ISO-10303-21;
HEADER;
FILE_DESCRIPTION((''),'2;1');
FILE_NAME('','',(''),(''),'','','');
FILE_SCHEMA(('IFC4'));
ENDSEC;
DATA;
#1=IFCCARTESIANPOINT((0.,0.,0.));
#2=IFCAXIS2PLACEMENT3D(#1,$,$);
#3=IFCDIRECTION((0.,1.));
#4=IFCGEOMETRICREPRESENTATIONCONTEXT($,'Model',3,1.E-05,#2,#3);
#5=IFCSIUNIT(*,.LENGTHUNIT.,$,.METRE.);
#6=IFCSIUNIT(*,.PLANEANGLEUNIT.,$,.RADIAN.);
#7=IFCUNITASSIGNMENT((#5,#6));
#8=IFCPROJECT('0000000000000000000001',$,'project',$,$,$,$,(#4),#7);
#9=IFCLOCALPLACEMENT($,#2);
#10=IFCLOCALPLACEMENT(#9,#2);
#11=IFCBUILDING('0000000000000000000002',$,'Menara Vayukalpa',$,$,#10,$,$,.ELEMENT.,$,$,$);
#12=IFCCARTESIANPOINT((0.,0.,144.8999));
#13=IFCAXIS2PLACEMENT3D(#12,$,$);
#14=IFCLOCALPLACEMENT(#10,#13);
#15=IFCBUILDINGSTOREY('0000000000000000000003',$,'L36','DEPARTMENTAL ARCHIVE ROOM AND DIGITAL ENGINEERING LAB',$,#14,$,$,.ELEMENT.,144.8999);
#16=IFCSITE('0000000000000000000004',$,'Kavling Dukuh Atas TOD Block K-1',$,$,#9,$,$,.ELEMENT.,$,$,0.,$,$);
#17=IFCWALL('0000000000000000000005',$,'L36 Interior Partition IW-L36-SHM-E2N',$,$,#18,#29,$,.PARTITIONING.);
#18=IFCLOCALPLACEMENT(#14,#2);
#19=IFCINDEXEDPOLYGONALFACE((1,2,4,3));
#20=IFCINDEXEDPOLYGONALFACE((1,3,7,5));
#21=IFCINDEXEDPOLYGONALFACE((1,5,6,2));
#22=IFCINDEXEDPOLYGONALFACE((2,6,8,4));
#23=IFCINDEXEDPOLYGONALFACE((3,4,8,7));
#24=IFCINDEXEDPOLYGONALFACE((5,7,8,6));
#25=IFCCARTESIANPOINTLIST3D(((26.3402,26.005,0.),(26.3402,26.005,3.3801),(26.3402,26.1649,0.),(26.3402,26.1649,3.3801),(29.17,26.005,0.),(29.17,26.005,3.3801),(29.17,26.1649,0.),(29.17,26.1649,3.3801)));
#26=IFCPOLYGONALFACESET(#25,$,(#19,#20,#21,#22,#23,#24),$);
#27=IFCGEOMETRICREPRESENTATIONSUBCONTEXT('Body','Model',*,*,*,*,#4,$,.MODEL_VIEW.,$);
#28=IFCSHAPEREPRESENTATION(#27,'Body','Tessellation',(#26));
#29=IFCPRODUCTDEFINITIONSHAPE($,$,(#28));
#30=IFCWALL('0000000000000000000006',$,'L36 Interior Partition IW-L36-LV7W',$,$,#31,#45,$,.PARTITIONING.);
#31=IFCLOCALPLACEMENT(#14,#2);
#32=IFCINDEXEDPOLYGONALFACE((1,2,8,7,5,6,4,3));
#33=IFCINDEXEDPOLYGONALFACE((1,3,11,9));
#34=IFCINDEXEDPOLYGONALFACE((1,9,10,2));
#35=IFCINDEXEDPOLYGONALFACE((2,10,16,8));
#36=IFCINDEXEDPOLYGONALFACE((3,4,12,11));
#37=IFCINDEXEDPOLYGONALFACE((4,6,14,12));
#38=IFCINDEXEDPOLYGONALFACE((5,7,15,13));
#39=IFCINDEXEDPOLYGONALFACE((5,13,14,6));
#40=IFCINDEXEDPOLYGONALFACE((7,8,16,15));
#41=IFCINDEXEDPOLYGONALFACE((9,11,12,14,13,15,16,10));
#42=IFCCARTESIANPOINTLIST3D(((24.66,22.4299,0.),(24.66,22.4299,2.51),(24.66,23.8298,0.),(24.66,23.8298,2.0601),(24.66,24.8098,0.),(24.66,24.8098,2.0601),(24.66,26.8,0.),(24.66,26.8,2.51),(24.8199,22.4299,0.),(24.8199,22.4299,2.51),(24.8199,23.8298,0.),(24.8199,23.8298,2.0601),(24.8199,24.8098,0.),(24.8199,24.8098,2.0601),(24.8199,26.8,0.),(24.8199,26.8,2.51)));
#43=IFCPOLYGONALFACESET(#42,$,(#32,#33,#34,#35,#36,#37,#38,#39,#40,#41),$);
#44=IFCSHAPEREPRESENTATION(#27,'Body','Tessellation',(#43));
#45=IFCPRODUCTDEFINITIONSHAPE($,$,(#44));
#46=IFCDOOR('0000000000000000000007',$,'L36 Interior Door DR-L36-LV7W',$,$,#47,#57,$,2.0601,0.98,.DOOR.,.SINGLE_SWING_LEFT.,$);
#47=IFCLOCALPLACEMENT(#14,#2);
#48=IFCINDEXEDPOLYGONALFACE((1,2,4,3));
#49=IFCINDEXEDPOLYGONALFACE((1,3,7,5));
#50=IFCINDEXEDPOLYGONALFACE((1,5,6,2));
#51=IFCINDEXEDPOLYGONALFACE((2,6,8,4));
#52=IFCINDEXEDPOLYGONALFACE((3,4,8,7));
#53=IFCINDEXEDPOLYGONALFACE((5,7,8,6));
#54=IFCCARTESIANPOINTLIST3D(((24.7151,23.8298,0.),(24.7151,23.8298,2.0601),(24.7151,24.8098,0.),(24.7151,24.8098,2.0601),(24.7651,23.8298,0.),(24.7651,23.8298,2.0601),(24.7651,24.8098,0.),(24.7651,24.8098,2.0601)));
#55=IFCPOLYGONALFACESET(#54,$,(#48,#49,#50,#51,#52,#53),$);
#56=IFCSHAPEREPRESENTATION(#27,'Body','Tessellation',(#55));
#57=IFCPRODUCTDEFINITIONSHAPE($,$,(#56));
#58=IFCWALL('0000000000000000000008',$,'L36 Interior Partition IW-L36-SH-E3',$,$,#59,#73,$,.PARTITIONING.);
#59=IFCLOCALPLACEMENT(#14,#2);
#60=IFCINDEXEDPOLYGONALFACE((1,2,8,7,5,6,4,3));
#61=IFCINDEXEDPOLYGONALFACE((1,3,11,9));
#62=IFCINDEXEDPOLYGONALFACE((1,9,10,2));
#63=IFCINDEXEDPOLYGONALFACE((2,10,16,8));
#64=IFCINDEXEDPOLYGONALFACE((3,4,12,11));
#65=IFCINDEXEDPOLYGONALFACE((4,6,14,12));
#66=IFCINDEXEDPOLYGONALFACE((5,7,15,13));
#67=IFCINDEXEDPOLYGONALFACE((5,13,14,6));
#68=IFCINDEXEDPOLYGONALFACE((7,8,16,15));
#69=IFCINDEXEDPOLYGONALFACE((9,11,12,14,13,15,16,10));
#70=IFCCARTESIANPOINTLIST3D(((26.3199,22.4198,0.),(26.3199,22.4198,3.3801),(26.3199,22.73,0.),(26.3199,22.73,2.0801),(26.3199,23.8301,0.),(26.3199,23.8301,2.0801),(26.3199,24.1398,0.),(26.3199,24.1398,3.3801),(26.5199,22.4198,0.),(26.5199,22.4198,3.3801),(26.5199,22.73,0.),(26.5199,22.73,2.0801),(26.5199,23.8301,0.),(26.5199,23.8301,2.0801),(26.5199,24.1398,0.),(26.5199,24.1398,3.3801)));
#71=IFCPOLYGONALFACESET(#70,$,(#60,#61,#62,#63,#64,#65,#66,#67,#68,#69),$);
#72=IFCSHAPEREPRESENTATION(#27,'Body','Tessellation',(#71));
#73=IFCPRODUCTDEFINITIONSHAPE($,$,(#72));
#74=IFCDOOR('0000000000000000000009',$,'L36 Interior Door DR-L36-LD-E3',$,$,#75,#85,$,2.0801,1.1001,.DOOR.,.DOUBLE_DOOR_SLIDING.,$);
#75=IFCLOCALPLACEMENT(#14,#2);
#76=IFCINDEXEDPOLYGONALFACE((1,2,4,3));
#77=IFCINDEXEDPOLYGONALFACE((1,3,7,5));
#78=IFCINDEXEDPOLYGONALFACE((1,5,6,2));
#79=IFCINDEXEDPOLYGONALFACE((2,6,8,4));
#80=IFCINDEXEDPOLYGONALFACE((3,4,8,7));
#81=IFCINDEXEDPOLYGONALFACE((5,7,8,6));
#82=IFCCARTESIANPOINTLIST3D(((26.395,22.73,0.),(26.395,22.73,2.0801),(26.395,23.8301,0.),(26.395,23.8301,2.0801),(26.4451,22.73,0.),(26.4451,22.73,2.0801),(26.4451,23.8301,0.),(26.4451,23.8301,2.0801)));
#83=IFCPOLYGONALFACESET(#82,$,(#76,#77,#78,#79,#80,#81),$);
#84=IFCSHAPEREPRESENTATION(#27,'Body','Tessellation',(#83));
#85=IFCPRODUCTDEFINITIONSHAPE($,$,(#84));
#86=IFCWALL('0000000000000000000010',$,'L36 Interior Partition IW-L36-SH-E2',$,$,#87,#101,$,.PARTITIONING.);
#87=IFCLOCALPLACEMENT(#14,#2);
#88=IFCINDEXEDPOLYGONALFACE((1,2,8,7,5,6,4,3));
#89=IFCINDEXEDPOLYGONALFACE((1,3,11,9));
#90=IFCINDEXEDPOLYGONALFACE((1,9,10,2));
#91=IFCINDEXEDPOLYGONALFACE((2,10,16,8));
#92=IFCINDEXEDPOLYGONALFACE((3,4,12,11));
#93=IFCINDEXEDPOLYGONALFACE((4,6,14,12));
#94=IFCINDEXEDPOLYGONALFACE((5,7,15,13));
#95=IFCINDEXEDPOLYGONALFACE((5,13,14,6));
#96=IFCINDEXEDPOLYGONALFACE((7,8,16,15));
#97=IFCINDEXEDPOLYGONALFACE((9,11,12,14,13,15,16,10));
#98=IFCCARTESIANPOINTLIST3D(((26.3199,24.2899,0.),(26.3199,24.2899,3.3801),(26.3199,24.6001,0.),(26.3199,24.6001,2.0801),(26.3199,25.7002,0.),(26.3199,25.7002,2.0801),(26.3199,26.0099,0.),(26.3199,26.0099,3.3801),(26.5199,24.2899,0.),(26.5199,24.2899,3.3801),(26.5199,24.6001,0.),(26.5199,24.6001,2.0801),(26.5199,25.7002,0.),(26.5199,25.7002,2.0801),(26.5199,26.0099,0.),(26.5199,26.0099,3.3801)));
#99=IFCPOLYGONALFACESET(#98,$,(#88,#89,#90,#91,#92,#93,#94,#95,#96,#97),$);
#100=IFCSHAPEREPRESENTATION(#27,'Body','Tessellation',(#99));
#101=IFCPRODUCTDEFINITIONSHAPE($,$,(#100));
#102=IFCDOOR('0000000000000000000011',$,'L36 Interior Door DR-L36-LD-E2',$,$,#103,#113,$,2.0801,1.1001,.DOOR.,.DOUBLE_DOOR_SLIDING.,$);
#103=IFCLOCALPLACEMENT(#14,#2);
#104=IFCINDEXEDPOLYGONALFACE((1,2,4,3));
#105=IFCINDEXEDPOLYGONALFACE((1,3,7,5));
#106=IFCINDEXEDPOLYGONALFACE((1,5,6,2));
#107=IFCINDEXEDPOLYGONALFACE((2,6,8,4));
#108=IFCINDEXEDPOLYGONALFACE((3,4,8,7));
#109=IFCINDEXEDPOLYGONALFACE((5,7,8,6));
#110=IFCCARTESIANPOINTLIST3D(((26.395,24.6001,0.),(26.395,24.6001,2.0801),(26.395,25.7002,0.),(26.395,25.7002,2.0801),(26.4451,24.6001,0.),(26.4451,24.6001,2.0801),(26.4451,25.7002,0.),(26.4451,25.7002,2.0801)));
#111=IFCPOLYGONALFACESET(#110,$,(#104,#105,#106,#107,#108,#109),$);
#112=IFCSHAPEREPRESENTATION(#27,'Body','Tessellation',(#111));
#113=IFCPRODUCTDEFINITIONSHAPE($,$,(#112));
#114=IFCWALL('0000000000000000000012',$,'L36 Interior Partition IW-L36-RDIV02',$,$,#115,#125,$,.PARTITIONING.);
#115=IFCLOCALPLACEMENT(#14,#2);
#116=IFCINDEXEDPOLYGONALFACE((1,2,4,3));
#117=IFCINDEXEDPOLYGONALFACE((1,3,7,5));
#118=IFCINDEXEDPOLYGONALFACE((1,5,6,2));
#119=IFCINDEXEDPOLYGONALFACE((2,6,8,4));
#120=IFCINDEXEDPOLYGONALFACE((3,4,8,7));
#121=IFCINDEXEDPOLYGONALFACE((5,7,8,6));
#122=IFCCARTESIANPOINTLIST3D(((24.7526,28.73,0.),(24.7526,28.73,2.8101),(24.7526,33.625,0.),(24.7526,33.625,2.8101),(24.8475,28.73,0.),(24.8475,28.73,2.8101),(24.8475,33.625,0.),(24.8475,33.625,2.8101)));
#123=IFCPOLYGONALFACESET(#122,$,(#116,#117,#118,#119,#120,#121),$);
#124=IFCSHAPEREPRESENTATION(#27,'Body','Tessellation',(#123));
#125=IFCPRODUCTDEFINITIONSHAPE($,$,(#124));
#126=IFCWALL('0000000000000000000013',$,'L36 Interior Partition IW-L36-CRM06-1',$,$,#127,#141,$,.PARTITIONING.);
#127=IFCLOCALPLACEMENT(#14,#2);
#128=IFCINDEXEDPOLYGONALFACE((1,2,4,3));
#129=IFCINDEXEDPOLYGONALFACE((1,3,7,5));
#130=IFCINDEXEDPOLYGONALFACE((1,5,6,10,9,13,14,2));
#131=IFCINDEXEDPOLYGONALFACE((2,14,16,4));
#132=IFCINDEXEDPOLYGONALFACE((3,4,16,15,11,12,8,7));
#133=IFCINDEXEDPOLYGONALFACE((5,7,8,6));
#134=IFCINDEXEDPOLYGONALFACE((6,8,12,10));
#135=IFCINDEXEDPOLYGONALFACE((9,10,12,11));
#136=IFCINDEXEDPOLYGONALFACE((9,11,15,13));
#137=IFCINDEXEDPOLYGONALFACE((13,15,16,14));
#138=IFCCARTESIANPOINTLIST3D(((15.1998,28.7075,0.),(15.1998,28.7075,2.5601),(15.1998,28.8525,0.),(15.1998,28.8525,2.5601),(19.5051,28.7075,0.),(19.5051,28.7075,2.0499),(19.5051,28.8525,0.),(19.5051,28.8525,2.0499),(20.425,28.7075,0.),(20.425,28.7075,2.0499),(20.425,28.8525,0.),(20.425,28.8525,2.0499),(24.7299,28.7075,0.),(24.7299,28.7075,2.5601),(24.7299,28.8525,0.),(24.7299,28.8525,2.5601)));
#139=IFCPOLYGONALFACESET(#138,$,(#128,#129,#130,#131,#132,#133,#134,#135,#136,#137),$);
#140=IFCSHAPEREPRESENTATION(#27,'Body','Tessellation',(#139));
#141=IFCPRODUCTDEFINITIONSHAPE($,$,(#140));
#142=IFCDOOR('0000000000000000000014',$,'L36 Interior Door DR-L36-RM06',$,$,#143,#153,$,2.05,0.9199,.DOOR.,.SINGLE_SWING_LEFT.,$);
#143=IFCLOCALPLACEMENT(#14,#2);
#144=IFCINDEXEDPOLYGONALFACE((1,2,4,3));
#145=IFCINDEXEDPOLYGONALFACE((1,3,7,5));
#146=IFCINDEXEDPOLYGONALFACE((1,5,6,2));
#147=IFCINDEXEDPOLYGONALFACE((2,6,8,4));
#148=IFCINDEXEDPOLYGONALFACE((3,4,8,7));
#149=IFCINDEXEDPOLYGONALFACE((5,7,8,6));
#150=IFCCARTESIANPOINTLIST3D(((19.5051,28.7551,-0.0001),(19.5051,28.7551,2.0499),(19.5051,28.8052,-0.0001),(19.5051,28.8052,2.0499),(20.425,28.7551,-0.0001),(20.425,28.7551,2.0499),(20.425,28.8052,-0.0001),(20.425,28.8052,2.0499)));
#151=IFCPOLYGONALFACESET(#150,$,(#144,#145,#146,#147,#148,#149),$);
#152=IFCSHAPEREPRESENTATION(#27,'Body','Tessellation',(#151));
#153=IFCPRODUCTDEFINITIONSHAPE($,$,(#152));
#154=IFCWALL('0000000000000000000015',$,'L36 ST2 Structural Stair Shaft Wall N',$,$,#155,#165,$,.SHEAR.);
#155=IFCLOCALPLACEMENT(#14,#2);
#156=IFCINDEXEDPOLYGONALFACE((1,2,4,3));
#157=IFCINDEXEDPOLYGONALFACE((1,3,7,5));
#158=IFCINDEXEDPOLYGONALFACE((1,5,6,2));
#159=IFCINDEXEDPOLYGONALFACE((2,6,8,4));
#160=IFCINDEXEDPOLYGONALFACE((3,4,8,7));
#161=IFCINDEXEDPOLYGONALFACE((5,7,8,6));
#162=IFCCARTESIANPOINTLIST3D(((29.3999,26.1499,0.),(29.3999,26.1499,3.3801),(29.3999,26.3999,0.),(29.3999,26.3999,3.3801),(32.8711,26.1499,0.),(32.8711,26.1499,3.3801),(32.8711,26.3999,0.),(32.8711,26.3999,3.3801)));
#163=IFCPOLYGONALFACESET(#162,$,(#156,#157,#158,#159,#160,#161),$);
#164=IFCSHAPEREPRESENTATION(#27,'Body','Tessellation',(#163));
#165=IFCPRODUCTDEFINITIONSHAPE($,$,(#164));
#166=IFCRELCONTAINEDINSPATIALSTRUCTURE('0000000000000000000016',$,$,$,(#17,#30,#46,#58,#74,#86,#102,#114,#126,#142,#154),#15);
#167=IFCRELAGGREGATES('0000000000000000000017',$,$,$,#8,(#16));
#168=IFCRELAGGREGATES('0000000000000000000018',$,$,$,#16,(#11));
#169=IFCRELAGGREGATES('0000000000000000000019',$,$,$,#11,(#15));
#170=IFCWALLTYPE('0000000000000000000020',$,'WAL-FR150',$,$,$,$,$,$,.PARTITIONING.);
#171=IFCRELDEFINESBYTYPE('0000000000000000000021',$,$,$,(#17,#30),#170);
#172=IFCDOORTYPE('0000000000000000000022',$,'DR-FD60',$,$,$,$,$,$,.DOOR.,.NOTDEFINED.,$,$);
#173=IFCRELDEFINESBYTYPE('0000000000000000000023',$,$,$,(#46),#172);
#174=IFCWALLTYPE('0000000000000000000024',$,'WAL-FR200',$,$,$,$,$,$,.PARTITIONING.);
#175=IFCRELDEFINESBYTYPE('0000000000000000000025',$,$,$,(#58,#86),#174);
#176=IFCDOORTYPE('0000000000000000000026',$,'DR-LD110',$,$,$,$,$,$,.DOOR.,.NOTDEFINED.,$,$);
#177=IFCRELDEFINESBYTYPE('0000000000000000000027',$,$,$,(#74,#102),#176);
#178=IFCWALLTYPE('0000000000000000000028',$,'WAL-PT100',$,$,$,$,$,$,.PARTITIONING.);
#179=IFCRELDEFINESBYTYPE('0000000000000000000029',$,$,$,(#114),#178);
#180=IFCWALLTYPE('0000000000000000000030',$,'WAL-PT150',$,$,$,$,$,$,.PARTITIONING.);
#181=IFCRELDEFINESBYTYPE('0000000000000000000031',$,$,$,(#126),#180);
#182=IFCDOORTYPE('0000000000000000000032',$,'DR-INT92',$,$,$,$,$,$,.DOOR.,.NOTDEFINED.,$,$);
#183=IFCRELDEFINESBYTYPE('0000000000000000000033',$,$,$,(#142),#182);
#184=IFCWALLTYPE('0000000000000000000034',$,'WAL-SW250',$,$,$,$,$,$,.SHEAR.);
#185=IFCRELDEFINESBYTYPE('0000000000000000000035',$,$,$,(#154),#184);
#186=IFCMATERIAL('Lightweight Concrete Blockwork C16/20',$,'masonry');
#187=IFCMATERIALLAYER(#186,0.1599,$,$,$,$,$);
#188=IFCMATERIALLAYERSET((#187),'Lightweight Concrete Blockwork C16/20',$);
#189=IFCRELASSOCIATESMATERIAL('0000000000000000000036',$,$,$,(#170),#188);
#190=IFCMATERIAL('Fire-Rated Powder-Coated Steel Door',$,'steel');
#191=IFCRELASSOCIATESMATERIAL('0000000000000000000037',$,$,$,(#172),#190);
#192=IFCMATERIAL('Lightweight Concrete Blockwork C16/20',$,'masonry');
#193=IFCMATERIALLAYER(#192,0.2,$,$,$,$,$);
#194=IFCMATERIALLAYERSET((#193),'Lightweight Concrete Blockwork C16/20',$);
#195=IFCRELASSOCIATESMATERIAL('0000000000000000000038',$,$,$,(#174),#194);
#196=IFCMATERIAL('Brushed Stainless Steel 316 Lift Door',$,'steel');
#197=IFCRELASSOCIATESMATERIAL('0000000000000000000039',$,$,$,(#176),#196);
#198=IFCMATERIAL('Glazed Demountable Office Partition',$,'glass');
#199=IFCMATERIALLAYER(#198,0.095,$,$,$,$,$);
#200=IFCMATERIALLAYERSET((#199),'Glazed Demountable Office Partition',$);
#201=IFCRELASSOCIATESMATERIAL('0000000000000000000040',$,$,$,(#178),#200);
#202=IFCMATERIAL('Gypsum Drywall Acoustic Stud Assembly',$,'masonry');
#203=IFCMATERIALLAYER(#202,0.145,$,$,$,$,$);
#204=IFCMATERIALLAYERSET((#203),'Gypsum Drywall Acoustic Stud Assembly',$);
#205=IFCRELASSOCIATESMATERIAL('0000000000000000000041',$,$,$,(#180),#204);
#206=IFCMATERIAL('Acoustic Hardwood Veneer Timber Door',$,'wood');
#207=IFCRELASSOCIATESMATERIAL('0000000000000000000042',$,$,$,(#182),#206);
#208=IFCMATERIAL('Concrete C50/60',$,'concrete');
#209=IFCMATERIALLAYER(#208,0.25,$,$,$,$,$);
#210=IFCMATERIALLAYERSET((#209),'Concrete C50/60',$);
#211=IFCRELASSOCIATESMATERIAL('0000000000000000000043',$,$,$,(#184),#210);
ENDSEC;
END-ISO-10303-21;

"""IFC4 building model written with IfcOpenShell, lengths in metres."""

from ifc_helpers import new_model, si_unit, direction, frame, frame_2d, origin, place, context, subcontext, project, spatial, rectangle, extrude, material, layer, layer_set, type_object, element, fill, save


model = new_model("IFC4")

# Units and contexts
model_context = context("Model", 3, precision=1e-05, world=origin(), true_north=direction((0.0, 1.0)))
body_context = subcontext(model_context, "Body", "Model", "MODEL_VIEW")
ifc_project = project(units=[si_unit("LENGTHUNIT", "METRE"), si_unit("PLANEANGLEUNIT", "RADIAN")], contexts=[model_context])

# Site, building, storey
site_placement = place(None, origin())
site = spatial("IfcSite", under=ifc_project, at=site_placement, Name="Kavling Dukuh Atas TOD Block K-1", CompositionType="ELEMENT", RefElevation=0.0)
building_placement = place(site_placement, origin())
building = spatial("IfcBuilding", under=site, at=building_placement, Name="Menara Vayukalpa", CompositionType="ELEMENT")
storey_placement = place(building_placement, frame((0.0, 0.0, 144.8999)))
storey = spatial("IfcBuildingStorey", under=building, at=storey_placement, Name="L36", Description="DEPARTMENTAL ARCHIVE ROOM AND DIGITAL ENGINEERING LAB", CompositionType="ELEMENT", Elevation=144.8999)

# Wall
ifc_material_1 = material(Name="Lightweight Concrete Blockwork C16/20", Category="masonry")
ifc_layer_1 = layer(ifc_material_1, 0.1599)
ifc_layer_set_1 = layer_set([ifc_layer_1], Name="Lightweight Concrete Blockwork C16/20")
wall_type_1 = type_object("IfcWallType", Name="WAL-FR150", PredefinedType="PARTITIONING", material=ifc_layer_set_1)
wall_1_placement = place(storey_placement, frame((26.3401, 26.085, 0.0), z_axis=(0.0, 0.0, 1.0), x_axis=(1.0, 0.0, 0.0)))
element("IfcWall", 1, at=wall_1_placement, inside=storey, type_object=wall_type_1, Name="L36 Interior Partition IW-L36-SHM-E2N", PredefinedType="PARTITIONING", context=body_context, shape_type="SweptSolid", body=[
    extrude(rectangle(XDim=2.8298, YDim=0.1599, at=frame_2d((1.415, 0.0))), origin(), (0.0, 0.0, 1.0), 3.3801),
])

# Walls, openings, doors
wall_2_placement = place(storey_placement, frame((24.74, 22.4299, 0.0), z_axis=(0.0, 0.0, 1.0), x_axis=(0.0, 1.0, 0.0)))
wall_2 = element("IfcWall", 2, at=wall_2_placement, inside=storey, type_object=wall_type_1, Name="L36 Interior Partition IW-L36-LV7W", PredefinedType="PARTITIONING", context=body_context, shape_type="SweptSolid", body=[
    extrude(rectangle(XDim=4.3701, YDim=0.1599, at=frame_2d((2.1851, 0.0))), origin(), (0.0, 0.0, 1.0), 2.51),
])
opening_1_placement = place(wall_2_placement, frame((1.3999, 0.0, 0.0)))
opening_1 = element("IfcOpeningElement", 3, at=opening_1_placement, cuts=wall_2, PredefinedType="OPENING", context=body_context, shape_type="SweptSolid", body=[
    extrude(rectangle(XDim=0.98, YDim=2.0601, at=frame_2d((0.49, 1.03))), frame((0.0, 0.0898, 0.0), z_axis=(0.0, -1.0, 0.0), x_axis=(1.0, 0.0, 0.0)), (0.0, 0.0, 1.0), 0.1799),
])
ifc_material_2 = material(Name="Fire-Rated Powder-Coated Steel Door", Category="steel")
door_type_1 = type_object("IfcDoorType", Name="DR-FD60", OperationType="NOTDEFINED", PredefinedType="DOOR", material=ifc_material_2)
door_1_placement = place(opening_1_placement, origin())
door_1 = element("IfcDoor", 4, at=door_1_placement, inside=storey, type_object=door_type_1, Name="L36 Interior Door DR-L36-LV7W", OperationType="SINGLE_SWING_LEFT", OverallHeight=2.0601, OverallWidth=0.98, PredefinedType="DOOR", context=body_context, shape_type="SweptSolid", body=[
    extrude(rectangle(XDim=0.98, YDim=2.0601, at=frame_2d((0.49, 1.03))), frame((0.0, 0.0249, 0.0), z_axis=(0.0, -1.0, 0.0), x_axis=(1.0, 0.0, 0.0)), (0.0, 0.0, 1.0), 0.05),
])
fill(opening_1, door_1)
ifc_material_3 = material(Name="Lightweight Concrete Blockwork C16/20", Category="masonry")
ifc_layer_2 = layer(ifc_material_3, 0.2)
ifc_layer_set_2 = layer_set([ifc_layer_2], Name="Lightweight Concrete Blockwork C16/20")
wall_type_2 = type_object("IfcWallType", Name="WAL-FR200", PredefinedType="PARTITIONING", material=ifc_layer_set_2)
wall_3_placement = place(storey_placement, frame((26.4199, 22.4199, 0.0), z_axis=(0.0, 0.0, 1.0), x_axis=(0.0, 1.0, 0.0)))
wall_3 = element("IfcWall", 5, at=wall_3_placement, inside=storey, type_object=wall_type_2, Name="L36 Interior Partition IW-L36-SH-E3", PredefinedType="PARTITIONING", context=body_context, shape_type="SweptSolid", body=[
    extrude(rectangle(XDim=1.72, YDim=0.2, at=frame_2d((0.8599, 0.0))), origin(), (0.0, 0.0, 1.0), 3.3801),
])
opening_2_placement = place(wall_3_placement, frame((0.3101, 0.0, 0.0)))
opening_2 = element("IfcOpeningElement", 6, at=opening_2_placement, cuts=wall_3, PredefinedType="OPENING", context=body_context, shape_type="SweptSolid", body=[
    extrude(rectangle(XDim=1.1001, YDim=2.0801, at=frame_2d((0.55, 1.04))), frame((0.0, 0.1099, 0.0), z_axis=(0.0, -1.0, 0.0), x_axis=(1.0, 0.0, 0.0)), (0.0, 0.0, 1.0), 0.22),
])
ifc_material_4 = material(Name="Brushed Stainless Steel 316 Lift Door", Category="steel")
door_type_2 = type_object("IfcDoorType", Name="DR-LD110", OperationType="NOTDEFINED", PredefinedType="DOOR", material=ifc_material_4)
door_2_placement = place(opening_2_placement, origin())
door_2 = element("IfcDoor", 7, at=door_2_placement, inside=storey, type_object=door_type_2, Name="L36 Interior Door DR-L36-LD-E3", OperationType="DOUBLE_DOOR_SLIDING", OverallHeight=2.0801, OverallWidth=1.1001, PredefinedType="DOOR", context=body_context, shape_type="SweptSolid", body=[
    extrude(rectangle(XDim=1.1001, YDim=2.0801, at=frame_2d((0.55, 1.04))), frame((0.0, 0.0249, 0.0), z_axis=(0.0, -1.0, 0.0), x_axis=(1.0, 0.0, 0.0)), (0.0, 0.0, 1.0), 0.05),
])
fill(opening_2, door_2)
wall_4_placement = place(storey_placement, frame((26.4199, 24.29, 0.0), z_axis=(0.0, 0.0, 1.0), x_axis=(0.0, 1.0, 0.0)))
wall_4 = element("IfcWall", 8, at=wall_4_placement, inside=storey, type_object=wall_type_2, Name="L36 Interior Partition IW-L36-SH-E2", PredefinedType="PARTITIONING", context=body_context, shape_type="SweptSolid", body=[
    extrude(rectangle(XDim=1.72, YDim=0.2, at=frame_2d((0.8599, 0.0))), origin(), (0.0, 0.0, 1.0), 3.3801),
])
opening_3_placement = place(wall_4_placement, frame((0.3101, 0.0, 0.0)))
opening_3 = element("IfcOpeningElement", 9, at=opening_3_placement, cuts=wall_4, PredefinedType="OPENING", context=body_context, shape_type="SweptSolid", body=[
    extrude(rectangle(XDim=1.1001, YDim=2.0801, at=frame_2d((0.55, 1.04))), frame((0.0, 0.1099, 0.0), z_axis=(0.0, -1.0, 0.0), x_axis=(1.0, 0.0, 0.0)), (0.0, 0.0, 1.0), 0.22),
])
door_3_placement = place(opening_3_placement, origin())
door_3 = element("IfcDoor", 10, at=door_3_placement, inside=storey, type_object=door_type_2, Name="L36 Interior Door DR-L36-LD-E2", OperationType="DOUBLE_DOOR_SLIDING", OverallHeight=2.0801, OverallWidth=1.1001, PredefinedType="DOOR", context=body_context, shape_type="SweptSolid", body=[
    extrude(rectangle(XDim=1.1001, YDim=2.0801, at=frame_2d((0.55, 1.04))), frame((0.0, 0.0249, 0.0), z_axis=(0.0, -1.0, 0.0), x_axis=(1.0, 0.0, 0.0)), (0.0, 0.0, 1.0), 0.05),
])
fill(opening_3, door_3)

# Wall
ifc_material_5 = material(Name="Glazed Demountable Office Partition", Category="glass")
ifc_layer_3 = layer(ifc_material_5, 0.095)
ifc_layer_set_3 = layer_set([ifc_layer_3], Name="Glazed Demountable Office Partition")
wall_type_3 = type_object("IfcWallType", Name="WAL-PT100", PredefinedType="PARTITIONING", material=ifc_layer_set_3)
wall_5_placement = place(storey_placement, frame((24.8, 28.73, 0.0), z_axis=(0.0, 0.0, 1.0), x_axis=(0.0, 1.0, 0.0)))
element("IfcWall", 11, at=wall_5_placement, inside=storey, type_object=wall_type_3, Name="L36 Interior Partition IW-L36-RDIV02", PredefinedType="PARTITIONING", context=body_context, shape_type="SweptSolid", body=[
    extrude(rectangle(XDim=4.895, YDim=0.095, at=frame_2d((2.4475, 0.0))), origin(), (0.0, 0.0, 1.0), 2.8101),
])

# Wall, opening, door
ifc_material_6 = material(Name="Gypsum Drywall Acoustic Stud Assembly", Category="masonry")
ifc_layer_4 = layer(ifc_material_6, 0.145)
ifc_layer_set_4 = layer_set([ifc_layer_4], Name="Gypsum Drywall Acoustic Stud Assembly")
wall_type_4 = type_object("IfcWallType", Name="WAL-PT150", PredefinedType="PARTITIONING", material=ifc_layer_set_4)
wall_6_placement = place(storey_placement, frame((24.73, 28.78, 0.0), z_axis=(0.0, 0.0, 1.0), x_axis=(-1.0, 0.0, 0.0)))
wall_6 = element("IfcWall", 12, at=wall_6_placement, inside=storey, type_object=wall_type_4, Name="L36 Interior Partition IW-L36-CRM06-1", PredefinedType="PARTITIONING", context=body_context, shape_type="SweptSolid", body=[
    extrude(rectangle(XDim=9.53, YDim=0.145, at=frame_2d((4.7651, 0.0))), origin(), (0.0, 0.0, 1.0), 2.5601),
])
opening_4_placement = place(wall_6_placement, frame((4.3049, 0.0, 0.0)))
opening_4 = element("IfcOpeningElement", 13, at=opening_4_placement, cuts=wall_6, PredefinedType="OPENING", context=body_context, shape_type="SweptSolid", body=[
    extrude(rectangle(XDim=0.9199, YDim=2.05, at=frame_2d((0.46, 1.0249))), frame((0.0, 0.0825, 0.0), z_axis=(0.0, -1.0, 0.0), x_axis=(1.0, 0.0, 0.0)), (0.0, 0.0, 1.0), 0.165),
])
ifc_material_7 = material(Name="Acoustic Hardwood Veneer Timber Door", Category="wood")
door_type_3 = type_object("IfcDoorType", Name="DR-INT92", OperationType="NOTDEFINED", PredefinedType="DOOR", material=ifc_material_7)
door_4_placement = place(opening_4_placement, origin())
door_4 = element("IfcDoor", 14, at=door_4_placement, inside=storey, type_object=door_type_3, Name="L36 Interior Door DR-L36-RM06", OperationType="SINGLE_SWING_LEFT", OverallHeight=2.05, OverallWidth=0.9199, PredefinedType="DOOR", context=body_context, shape_type="SweptSolid", body=[
    extrude(rectangle(XDim=0.9199, YDim=2.05, at=frame_2d((0.46, 1.0249))), frame((0.0, 0.0249, 0.0), z_axis=(0.0, -1.0, 0.0), x_axis=(1.0, 0.0, 0.0)), (0.0, 0.0, 1.0), 0.05),
])
fill(opening_4, door_4)

# Wall
ifc_material_8 = material(Name="Concrete C50/60", Category="concrete")
ifc_layer_5 = layer(ifc_material_8, 0.25)
ifc_layer_set_5 = layer_set([ifc_layer_5], Name="Concrete C50/60")
wall_type_5 = type_object("IfcWallType", Name="WAL-SW250", PredefinedType="SHEAR", material=ifc_layer_set_5)
wall_7_placement = place(storey_placement, frame((29.3999, 26.2749, 0.0), z_axis=(0.0, 0.0, 1.0), x_axis=(1.0, 0.0, 0.0)))
element("IfcWall", 15, at=wall_7_placement, inside=storey, type_object=wall_type_5, Name="L36 ST2 Structural Stair Shaft Wall N", PredefinedType="SHEAR", context=body_context, shape_type="SweptSolid", body=[
    extrude(rectangle(XDim=3.4712, YDim=0.25, at=frame_2d((1.7356, 0.0))), origin(), (0.0, 0.0, 1.0), 3.3801),
])

save(model, "model.ifc")
